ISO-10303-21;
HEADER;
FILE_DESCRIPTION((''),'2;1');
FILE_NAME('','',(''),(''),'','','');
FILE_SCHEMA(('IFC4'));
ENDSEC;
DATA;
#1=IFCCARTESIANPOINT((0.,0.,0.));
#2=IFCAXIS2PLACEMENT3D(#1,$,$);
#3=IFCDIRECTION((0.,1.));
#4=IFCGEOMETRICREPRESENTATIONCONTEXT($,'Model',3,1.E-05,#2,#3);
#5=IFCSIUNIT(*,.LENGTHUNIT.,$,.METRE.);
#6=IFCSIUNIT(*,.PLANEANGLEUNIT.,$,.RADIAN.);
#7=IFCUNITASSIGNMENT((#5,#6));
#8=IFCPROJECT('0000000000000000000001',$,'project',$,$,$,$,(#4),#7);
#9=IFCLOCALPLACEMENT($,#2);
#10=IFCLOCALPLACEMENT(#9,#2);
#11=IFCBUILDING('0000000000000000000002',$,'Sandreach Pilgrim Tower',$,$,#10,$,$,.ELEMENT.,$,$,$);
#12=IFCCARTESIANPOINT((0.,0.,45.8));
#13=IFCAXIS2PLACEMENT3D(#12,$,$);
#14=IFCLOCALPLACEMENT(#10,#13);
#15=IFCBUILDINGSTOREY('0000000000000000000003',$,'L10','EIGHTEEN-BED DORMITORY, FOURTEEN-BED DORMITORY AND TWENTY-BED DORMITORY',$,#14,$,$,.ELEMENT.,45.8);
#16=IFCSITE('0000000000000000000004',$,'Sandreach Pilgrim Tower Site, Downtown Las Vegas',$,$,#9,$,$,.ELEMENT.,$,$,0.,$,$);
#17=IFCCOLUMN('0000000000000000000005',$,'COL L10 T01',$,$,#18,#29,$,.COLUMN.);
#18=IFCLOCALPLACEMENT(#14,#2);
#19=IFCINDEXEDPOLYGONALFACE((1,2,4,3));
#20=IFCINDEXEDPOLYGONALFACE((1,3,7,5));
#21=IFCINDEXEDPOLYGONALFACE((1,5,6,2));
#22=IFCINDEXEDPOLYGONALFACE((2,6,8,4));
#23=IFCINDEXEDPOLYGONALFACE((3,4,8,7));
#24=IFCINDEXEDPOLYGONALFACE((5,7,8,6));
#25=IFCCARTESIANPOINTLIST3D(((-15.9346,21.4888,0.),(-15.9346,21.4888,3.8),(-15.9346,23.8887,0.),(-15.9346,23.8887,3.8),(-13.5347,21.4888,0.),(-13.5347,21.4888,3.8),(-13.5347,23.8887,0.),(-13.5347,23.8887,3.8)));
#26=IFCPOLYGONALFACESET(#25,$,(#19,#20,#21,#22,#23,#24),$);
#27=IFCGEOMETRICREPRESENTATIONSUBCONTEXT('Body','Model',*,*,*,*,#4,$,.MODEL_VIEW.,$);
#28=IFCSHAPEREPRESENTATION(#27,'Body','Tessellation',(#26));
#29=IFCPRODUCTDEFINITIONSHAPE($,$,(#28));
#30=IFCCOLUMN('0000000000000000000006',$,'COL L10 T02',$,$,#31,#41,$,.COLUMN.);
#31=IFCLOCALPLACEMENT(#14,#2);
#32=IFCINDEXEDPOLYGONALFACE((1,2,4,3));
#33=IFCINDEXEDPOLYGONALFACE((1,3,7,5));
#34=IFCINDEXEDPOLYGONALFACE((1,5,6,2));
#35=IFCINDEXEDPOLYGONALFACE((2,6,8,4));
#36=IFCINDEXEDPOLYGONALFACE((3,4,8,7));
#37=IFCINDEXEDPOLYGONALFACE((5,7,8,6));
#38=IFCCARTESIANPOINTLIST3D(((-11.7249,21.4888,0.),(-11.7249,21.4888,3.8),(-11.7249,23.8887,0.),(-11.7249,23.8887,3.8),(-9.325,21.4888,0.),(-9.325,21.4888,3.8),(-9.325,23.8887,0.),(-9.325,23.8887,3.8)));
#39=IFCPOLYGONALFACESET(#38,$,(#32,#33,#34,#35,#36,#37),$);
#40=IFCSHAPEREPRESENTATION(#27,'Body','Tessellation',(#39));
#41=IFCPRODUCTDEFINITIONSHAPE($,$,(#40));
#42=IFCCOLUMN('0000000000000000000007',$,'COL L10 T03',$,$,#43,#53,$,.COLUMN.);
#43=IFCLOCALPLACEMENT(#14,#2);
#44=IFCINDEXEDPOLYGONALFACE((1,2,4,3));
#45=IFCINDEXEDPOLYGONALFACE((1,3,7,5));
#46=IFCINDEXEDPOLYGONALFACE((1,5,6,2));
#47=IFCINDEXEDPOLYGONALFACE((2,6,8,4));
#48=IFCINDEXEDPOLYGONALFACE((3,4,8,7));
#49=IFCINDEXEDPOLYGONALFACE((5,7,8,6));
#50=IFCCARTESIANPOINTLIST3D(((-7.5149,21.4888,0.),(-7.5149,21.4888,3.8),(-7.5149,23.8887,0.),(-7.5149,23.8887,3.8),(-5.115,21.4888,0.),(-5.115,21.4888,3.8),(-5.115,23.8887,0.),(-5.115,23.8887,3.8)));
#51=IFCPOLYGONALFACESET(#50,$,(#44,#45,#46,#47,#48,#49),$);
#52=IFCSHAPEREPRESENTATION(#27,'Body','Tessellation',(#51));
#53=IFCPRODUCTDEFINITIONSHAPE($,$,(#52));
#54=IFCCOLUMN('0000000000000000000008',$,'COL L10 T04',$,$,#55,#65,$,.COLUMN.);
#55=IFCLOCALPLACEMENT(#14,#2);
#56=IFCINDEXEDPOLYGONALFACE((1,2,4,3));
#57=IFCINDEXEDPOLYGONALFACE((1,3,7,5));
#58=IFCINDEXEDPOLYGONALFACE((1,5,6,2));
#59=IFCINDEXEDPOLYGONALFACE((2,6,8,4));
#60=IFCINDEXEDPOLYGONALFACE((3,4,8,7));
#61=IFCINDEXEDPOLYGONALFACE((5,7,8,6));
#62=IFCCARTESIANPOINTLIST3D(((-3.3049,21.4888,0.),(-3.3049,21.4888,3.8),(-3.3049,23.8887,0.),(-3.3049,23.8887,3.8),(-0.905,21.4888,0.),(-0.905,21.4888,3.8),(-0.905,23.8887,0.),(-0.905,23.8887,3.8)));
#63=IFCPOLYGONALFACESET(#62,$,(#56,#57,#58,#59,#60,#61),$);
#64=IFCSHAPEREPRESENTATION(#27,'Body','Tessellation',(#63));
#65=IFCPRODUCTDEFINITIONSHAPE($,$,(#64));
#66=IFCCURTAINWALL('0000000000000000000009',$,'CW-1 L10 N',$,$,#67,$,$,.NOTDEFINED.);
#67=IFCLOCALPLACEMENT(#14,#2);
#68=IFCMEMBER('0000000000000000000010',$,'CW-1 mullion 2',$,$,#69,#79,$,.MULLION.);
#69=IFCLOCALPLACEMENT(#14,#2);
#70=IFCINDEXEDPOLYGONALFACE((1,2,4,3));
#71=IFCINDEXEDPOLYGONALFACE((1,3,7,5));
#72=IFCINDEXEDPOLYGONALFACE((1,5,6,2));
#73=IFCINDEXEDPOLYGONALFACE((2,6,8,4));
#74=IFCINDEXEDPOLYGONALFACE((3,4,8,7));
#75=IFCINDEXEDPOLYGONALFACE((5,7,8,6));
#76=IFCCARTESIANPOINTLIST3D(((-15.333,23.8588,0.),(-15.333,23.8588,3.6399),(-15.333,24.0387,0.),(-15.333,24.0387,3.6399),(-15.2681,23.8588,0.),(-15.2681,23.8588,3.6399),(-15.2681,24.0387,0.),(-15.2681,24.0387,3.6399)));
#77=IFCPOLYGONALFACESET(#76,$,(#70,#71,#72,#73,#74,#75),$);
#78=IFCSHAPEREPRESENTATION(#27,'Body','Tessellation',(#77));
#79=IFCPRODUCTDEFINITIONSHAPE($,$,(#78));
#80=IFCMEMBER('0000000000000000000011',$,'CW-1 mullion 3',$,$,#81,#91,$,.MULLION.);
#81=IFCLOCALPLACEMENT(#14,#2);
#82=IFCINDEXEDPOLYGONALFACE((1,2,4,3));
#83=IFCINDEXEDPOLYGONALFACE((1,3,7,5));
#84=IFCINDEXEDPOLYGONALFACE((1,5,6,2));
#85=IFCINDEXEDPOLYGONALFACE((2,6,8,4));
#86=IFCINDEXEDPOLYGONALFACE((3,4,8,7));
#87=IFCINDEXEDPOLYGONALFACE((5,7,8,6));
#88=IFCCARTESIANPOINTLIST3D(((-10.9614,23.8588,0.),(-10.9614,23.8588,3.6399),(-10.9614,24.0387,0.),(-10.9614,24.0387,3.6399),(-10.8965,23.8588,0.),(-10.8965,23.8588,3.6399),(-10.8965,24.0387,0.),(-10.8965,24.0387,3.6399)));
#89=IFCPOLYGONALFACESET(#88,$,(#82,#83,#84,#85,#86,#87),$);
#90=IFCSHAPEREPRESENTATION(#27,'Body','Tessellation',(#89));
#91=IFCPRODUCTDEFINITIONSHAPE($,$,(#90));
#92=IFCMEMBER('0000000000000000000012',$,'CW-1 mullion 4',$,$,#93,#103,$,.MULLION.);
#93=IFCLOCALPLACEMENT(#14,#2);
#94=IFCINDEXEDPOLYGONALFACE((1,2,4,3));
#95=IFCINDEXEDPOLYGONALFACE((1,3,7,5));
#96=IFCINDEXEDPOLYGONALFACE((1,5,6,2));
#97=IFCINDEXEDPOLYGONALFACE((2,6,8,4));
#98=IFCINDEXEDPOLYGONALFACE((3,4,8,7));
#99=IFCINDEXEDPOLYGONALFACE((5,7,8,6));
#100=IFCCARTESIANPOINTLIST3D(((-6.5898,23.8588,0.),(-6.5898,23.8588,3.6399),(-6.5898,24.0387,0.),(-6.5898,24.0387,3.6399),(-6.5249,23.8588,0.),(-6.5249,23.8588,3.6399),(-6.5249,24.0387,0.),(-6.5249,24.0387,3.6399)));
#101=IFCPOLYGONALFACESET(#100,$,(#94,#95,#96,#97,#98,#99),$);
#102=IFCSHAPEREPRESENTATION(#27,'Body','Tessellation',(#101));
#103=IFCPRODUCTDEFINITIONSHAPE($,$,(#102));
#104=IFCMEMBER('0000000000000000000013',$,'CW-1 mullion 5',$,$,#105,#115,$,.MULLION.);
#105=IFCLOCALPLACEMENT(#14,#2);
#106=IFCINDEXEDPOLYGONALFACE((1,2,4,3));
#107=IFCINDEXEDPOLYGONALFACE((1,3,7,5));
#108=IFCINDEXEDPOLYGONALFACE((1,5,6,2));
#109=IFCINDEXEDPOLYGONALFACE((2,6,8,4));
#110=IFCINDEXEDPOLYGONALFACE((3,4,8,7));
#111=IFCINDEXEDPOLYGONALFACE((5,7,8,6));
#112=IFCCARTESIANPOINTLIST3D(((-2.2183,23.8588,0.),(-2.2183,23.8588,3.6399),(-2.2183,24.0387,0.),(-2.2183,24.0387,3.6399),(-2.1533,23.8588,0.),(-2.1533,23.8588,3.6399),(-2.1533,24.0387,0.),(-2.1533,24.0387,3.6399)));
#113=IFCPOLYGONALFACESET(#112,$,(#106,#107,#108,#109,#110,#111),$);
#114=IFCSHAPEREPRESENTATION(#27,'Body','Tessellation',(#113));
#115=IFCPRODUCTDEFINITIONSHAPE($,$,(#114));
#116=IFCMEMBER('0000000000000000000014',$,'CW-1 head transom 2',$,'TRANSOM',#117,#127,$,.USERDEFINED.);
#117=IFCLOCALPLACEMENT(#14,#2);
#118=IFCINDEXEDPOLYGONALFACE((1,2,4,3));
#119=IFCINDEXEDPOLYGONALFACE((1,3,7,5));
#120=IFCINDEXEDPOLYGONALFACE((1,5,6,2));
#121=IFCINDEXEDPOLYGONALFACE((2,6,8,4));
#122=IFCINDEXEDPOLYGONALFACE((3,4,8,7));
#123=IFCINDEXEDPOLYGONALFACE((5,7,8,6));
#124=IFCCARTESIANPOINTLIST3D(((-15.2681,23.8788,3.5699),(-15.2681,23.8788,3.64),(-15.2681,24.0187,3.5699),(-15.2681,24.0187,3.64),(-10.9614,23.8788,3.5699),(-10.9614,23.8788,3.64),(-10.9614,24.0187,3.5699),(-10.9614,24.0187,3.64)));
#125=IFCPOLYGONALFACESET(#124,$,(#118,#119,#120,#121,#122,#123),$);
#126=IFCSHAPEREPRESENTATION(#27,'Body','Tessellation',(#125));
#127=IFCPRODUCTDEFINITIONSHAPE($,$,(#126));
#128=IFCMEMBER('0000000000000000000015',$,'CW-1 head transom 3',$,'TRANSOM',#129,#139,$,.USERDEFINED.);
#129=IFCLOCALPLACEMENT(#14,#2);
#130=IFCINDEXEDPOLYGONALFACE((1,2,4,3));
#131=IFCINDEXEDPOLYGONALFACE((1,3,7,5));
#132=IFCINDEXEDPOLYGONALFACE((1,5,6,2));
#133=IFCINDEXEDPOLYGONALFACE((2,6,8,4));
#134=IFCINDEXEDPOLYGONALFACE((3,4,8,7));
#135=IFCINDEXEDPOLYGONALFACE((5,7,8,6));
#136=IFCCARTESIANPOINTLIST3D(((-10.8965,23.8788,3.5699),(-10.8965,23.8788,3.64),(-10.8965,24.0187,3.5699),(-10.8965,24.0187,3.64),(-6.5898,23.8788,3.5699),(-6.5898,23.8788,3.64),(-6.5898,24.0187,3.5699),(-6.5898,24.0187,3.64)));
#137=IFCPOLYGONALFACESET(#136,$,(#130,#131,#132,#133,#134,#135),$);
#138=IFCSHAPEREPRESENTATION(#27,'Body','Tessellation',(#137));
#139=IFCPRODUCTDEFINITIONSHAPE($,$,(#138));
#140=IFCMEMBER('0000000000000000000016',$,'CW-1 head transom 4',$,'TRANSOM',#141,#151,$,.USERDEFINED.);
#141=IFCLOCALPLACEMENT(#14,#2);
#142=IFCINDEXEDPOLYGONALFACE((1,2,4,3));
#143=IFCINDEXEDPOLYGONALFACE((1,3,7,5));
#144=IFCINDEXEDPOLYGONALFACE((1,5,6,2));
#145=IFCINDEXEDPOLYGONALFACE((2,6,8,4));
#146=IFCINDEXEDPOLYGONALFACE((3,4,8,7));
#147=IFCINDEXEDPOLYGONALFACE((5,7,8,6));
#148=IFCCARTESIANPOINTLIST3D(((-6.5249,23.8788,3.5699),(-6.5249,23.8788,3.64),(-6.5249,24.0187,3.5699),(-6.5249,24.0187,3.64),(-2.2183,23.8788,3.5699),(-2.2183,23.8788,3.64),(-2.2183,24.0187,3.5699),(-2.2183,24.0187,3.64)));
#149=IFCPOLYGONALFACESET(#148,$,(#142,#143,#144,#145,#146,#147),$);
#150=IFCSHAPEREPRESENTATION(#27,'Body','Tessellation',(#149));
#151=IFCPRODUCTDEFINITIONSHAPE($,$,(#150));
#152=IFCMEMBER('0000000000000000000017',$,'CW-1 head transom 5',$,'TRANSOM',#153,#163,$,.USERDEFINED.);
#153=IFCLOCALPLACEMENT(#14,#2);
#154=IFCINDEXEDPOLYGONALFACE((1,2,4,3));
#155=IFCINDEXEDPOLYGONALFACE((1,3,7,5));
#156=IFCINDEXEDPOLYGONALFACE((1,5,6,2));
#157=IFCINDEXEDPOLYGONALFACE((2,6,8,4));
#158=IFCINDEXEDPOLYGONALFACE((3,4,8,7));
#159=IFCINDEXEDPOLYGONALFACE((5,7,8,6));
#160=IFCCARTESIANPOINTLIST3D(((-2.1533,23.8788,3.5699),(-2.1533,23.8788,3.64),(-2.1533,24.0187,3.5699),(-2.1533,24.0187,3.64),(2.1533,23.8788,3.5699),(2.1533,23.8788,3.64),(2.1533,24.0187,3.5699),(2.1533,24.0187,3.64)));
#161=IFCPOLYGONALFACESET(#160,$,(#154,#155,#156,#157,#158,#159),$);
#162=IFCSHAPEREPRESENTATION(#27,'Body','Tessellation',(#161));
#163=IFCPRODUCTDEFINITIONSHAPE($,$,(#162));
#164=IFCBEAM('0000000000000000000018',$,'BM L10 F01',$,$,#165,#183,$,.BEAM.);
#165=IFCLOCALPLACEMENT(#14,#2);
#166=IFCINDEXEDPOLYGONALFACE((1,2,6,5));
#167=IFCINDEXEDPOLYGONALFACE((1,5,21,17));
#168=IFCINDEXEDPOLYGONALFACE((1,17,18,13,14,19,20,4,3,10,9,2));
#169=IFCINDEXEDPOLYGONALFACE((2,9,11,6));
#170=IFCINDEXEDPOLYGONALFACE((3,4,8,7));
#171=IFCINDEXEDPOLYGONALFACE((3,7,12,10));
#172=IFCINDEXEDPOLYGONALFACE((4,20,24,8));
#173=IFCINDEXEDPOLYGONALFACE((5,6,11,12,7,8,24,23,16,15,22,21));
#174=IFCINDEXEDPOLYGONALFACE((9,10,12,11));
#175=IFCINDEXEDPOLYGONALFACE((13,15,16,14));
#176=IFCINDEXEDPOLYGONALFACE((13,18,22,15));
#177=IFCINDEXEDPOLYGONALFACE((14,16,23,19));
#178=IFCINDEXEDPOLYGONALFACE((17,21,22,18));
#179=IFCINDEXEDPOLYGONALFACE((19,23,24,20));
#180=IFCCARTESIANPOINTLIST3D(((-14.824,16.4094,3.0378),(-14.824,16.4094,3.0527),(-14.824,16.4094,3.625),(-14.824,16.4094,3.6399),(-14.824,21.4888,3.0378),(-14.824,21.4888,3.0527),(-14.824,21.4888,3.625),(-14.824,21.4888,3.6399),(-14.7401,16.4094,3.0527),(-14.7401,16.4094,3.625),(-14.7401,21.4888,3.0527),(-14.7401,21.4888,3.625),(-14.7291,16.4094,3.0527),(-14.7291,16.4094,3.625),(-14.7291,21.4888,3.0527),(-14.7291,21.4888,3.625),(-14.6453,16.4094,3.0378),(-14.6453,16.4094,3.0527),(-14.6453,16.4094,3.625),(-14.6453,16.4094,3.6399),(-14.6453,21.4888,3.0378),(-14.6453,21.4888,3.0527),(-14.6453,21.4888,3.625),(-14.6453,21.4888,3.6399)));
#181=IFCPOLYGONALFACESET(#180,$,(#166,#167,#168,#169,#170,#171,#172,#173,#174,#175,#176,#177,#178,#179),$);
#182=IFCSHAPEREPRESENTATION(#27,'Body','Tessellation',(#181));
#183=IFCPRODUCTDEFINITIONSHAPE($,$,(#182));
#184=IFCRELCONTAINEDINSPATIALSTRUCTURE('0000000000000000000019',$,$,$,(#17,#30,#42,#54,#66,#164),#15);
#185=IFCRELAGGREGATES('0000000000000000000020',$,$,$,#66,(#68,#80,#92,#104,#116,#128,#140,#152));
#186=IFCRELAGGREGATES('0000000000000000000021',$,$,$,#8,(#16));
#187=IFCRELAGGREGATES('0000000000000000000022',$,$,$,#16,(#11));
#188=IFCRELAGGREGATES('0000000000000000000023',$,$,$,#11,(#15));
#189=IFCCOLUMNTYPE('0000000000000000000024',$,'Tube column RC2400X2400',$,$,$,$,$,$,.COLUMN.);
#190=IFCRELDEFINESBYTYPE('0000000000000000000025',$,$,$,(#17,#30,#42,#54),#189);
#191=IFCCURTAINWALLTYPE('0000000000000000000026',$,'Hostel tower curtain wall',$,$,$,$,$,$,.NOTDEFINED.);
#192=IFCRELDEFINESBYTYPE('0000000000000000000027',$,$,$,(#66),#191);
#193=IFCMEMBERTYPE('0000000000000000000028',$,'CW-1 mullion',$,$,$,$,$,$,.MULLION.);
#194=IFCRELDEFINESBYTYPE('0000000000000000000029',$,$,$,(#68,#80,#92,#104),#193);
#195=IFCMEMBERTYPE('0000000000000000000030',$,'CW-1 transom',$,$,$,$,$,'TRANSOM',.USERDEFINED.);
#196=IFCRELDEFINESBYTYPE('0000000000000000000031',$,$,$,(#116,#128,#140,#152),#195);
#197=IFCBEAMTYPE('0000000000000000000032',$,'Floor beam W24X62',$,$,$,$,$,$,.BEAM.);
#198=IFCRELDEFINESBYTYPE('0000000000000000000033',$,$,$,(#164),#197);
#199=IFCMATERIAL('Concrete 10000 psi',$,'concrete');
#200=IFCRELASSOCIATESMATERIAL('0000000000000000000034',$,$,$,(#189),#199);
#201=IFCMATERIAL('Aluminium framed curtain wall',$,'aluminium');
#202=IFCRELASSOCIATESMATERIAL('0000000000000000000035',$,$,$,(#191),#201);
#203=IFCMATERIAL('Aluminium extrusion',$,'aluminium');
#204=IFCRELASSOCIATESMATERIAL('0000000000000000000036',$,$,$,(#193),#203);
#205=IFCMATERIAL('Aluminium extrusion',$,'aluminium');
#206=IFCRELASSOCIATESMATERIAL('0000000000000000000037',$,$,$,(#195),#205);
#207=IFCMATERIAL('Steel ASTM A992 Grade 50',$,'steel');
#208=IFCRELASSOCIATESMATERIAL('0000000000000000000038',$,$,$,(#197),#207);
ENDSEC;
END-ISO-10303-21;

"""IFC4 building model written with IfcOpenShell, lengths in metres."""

from ifc_helpers import new_model, si_unit, direction, frame, origin, origin_2d, place, context, subcontext, project, spatial, rectangle, i_section, extrude, material, material_profile, profile_set, type_object, element, aggregate, save


model = new_model("IFC4")

# Units and contexts
model_context = context("Model", 3, precision=1e-05, world=origin(), true_north=direction((0.0, 1.0)))
body_context = subcontext(model_context, "Body", "Model", "MODEL_VIEW")
ifc_project = project(units=[si_unit("LENGTHUNIT", "METRE"), si_unit("PLANEANGLEUNIT", "RADIAN")], contexts=[model_context])

# Site, building, storey
site_placement = place(None, origin())
site = spatial("IfcSite", under=ifc_project, at=site_placement, Name="Sandreach Pilgrim Tower Site, Downtown Las Vegas", CompositionType="ELEMENT", RefElevation=0.0)
building_placement = place(site_placement, origin())
building = spatial("IfcBuilding", under=site, at=building_placement, Name="Sandreach Pilgrim Tower", CompositionType="ELEMENT")
storey_placement = place(building_placement, frame((0.0, 0.0, 45.8)))
storey = spatial("IfcBuildingStorey", under=building, at=storey_placement, Name="L10", Description="EIGHTEEN-BED DORMITORY, FOURTEEN-BED DORMITORY AND TWENTY-BED DORMITORY", CompositionType="ELEMENT", Elevation=45.8)

# Columns
ifc_material_1 = material(Name="Concrete 10000 psi", Category="concrete")
ifc_material_profile_1 = material_profile(ifc_material_1, rectangle(XDim=2.3999, YDim=2.3999, at=origin_2d()), Name="RC2400X2400")
ifc_profile_set_1 = profile_set([ifc_material_profile_1], Name="Concrete 10000 psi")
column_type = type_object("IfcColumnType", Name="Tube column RC2400X2400", PredefinedType="COLUMN", material=ifc_profile_set_1)
for number, where, z_axis, x_axis, name in (
    (1, (-14.7346, 22.6887, 0.0), (0.0, 0.0, 1.0), (0.0, 1.0, 0.0), "COL L10 T01"),
    (2, (-10.5249, 22.6887, 0.0), (0.0, 0.0, 1.0), (0.0, 1.0, 0.0), "COL L10 T02"),
    (3, (-6.3149, 22.6887, 0.0), (0.0, 0.0, 1.0), (0.0, 1.0, 0.0), "COL L10 T03"),
    (4, (-2.105, 22.6887, 0.0), (0.0, 0.0, 1.0), (0.0, 1.0, 0.0), "COL L10 T04"),
):
    element("IfcColumn", number, at=place(storey_placement, frame(where, z_axis=z_axis, x_axis=x_axis)), inside=storey, type_object=column_type, Name=name, PredefinedType="COLUMN", context=body_context, shape_type="SweptSolid", body=[
        extrude(rectangle(XDim=2.3999, YDim=2.3999, at=origin_2d()), origin(), (0.0, 0.0, 1.0), 3.8),
    ])

# Curtain wall, members
ifc_material_2 = material(Name="Aluminium framed curtain wall", Category="aluminium")
curtain_wall_type = type_object("IfcCurtainWallType", Name="Hostel tower curtain wall", PredefinedType="NOTDEFINED", material=ifc_material_2)
curtain_wall_placement = place(storey_placement, origin())
curtain_wall = element("IfcCurtainWall", 5, at=curtain_wall_placement, inside=storey, type_object=curtain_wall_type, Name="CW-1 L10 N", PredefinedType="NOTDEFINED")
ifc_material_3 = material(Name="Aluminium extrusion", Category="aluminium")
ifc_material_profile_2 = material_profile(ifc_material_3, rectangle(XDim=0.0649, YDim=0.1799, at=origin_2d()), Name="CW-1M 65X180")
ifc_profile_set_2 = profile_set([ifc_material_profile_2], Name="Aluminium extrusion")
member_type_1 = type_object("IfcMemberType", Name="CW-1 mullion", PredefinedType="MULLION", material=ifc_profile_set_2)
member_1_placement = place(storey_placement, frame((-15.3005, 23.9487, 0.0), z_axis=(0.0, 0.0, 1.0), x_axis=(1.0, 0.0, 0.0)))
member_1 = element("IfcMember", 6, at=member_1_placement, type_object=member_type_1, Name="CW-1 mullion 2", PredefinedType="MULLION", context=body_context, shape_type="SweptSolid", body=[
    extrude(rectangle(XDim=0.0649, YDim=0.1799, at=origin_2d()), origin(), (0.0, 0.0, 1.0), 3.6399),
])
member_2_placement = place(storey_placement, frame((-10.929, 23.9487, 0.0), z_axis=(0.0, 0.0, 1.0), x_axis=(1.0, 0.0, 0.0)))
member_2 = element("IfcMember", 7, at=member_2_placement, type_object=member_type_1, Name="CW-1 mullion 3", PredefinedType="MULLION", context=body_context, shape_type="SweptSolid", body=[
    extrude(rectangle(XDim=0.0649, YDim=0.1799, at=origin_2d()), origin(), (0.0, 0.0, 1.0), 3.6399),
])
member_3_placement = place(storey_placement, frame((-6.5574, 23.9487, 0.0), z_axis=(0.0, 0.0, 1.0), x_axis=(1.0, 0.0, 0.0)))
member_3 = element("IfcMember", 8, at=member_3_placement, type_object=member_type_1, Name="CW-1 mullion 4", PredefinedType="MULLION", context=body_context, shape_type="SweptSolid", body=[
    extrude(rectangle(XDim=0.0649, YDim=0.1799, at=origin_2d()), origin(), (0.0, 0.0, 1.0), 3.6399),
])
member_4_placement = place(storey_placement, frame((-2.1858, 23.9487, 0.0), z_axis=(0.0, 0.0, 1.0), x_axis=(1.0, 0.0, 0.0)))
member_4 = element("IfcMember", 9, at=member_4_placement, type_object=member_type_1, Name="CW-1 mullion 5", PredefinedType="MULLION", context=body_context, shape_type="SweptSolid", body=[
    extrude(rectangle(XDim=0.0649, YDim=0.1799, at=origin_2d()), origin(), (0.0, 0.0, 1.0), 3.6399),
])
ifc_material_4 = material(Name="Aluminium extrusion", Category="aluminium")
ifc_material_profile_3 = material_profile(ifc_material_4, rectangle(XDim=0.1399, YDim=0.0701, at=origin_2d()), Name="CW-1T 140X70")
ifc_profile_set_3 = profile_set([ifc_material_profile_3], Name="Aluminium extrusion")
member_type_2 = type_object("IfcMemberType", Name="CW-1 transom", ElementType="TRANSOM", PredefinedType="USERDEFINED", material=ifc_profile_set_3)
member_5_placement = place(storey_placement, frame((-15.2681, 23.9487, 3.605), z_axis=(1.0, 0.0, 0.0), x_axis=(0.0, 1.0, 0.0)))
member_5 = element("IfcMember", 10, at=member_5_placement, type_object=member_type_2, Name="CW-1 head transom 2", ObjectType="TRANSOM", PredefinedType="USERDEFINED", context=body_context, shape_type="SweptSolid", body=[
    extrude(rectangle(XDim=0.1399, YDim=0.0701, at=origin_2d()), origin(), (0.0, 0.0, 1.0), 4.3066),
])
member_6_placement = place(storey_placement, frame((-10.8965, 23.9487, 3.605), z_axis=(1.0, 0.0, 0.0), x_axis=(0.0, 1.0, 0.0)))
member_6 = element("IfcMember", 11, at=member_6_placement, type_object=member_type_2, Name="CW-1 head transom 3", ObjectType="TRANSOM", PredefinedType="USERDEFINED", context=body_context, shape_type="SweptSolid", body=[
    extrude(rectangle(XDim=0.1399, YDim=0.0701, at=origin_2d()), origin(), (0.0, 0.0, 1.0), 4.3066),
])
member_7_placement = place(storey_placement, frame((-6.5249, 23.9487, 3.605), z_axis=(1.0, 0.0, 0.0), x_axis=(0.0, 1.0, 0.0)))
member_7 = element("IfcMember", 12, at=member_7_placement, type_object=member_type_2, Name="CW-1 head transom 4", ObjectType="TRANSOM", PredefinedType="USERDEFINED", context=body_context, shape_type="SweptSolid", body=[
    extrude(rectangle(XDim=0.1399, YDim=0.0701, at=origin_2d()), origin(), (0.0, 0.0, 1.0), 4.3066),
])
member_8_placement = place(storey_placement, frame((-2.1533, 23.9487, 3.605), z_axis=(1.0, 0.0, 0.0), x_axis=(0.0, 1.0, 0.0)))
member_8 = element("IfcMember", 13, at=member_8_placement, type_object=member_type_2, Name="CW-1 head transom 5", ObjectType="TRANSOM", PredefinedType="USERDEFINED", context=body_context, shape_type="SweptSolid", body=[
    extrude(rectangle(XDim=0.1399, YDim=0.0701, at=origin_2d()), origin(), (0.0, 0.0, 1.0), 4.3066),
])

# Beam
ifc_material_5 = material(Name="Steel ASTM A992 Grade 50", Category="steel")
ifc_material_profile_4 = material_profile(ifc_material_5, i_section(OverallWidth=0.1787, OverallDepth=0.6021, WebThickness=0.011, FlangeThickness=0.0149, at=origin_2d()), Name="W24X62")
ifc_profile_set_4 = profile_set([ifc_material_profile_4], Name="Steel ASTM A992 Grade 50")
beam_type_1 = type_object("IfcBeamType", Name="Floor beam W24X62", PredefinedType="BEAM", material=ifc_profile_set_4)
beam_1_placement = place(storey_placement, frame((-14.7346, 21.4888, 3.3389), z_axis=(0.0, -1.0, 0.0), x_axis=(1.0, 0.0, 0.0)))
element("IfcBeam", 14, at=beam_1_placement, inside=storey, type_object=beam_type_1, Name="BM L10 F01", PredefinedType="BEAM", context=body_context, shape_type="SweptSolid", body=[
    extrude(i_section(OverallWidth=0.1787, OverallDepth=0.6021, WebThickness=0.011, FlangeThickness=0.0149, at=origin_2d()), origin(), (0.0, 0.0, 1.0), 5.0793),
])

aggregate(curtain_wall, [member_1, member_2, member_3, member_4, member_5, member_6, member_7, member_8])

save(model, "model.ifc")
